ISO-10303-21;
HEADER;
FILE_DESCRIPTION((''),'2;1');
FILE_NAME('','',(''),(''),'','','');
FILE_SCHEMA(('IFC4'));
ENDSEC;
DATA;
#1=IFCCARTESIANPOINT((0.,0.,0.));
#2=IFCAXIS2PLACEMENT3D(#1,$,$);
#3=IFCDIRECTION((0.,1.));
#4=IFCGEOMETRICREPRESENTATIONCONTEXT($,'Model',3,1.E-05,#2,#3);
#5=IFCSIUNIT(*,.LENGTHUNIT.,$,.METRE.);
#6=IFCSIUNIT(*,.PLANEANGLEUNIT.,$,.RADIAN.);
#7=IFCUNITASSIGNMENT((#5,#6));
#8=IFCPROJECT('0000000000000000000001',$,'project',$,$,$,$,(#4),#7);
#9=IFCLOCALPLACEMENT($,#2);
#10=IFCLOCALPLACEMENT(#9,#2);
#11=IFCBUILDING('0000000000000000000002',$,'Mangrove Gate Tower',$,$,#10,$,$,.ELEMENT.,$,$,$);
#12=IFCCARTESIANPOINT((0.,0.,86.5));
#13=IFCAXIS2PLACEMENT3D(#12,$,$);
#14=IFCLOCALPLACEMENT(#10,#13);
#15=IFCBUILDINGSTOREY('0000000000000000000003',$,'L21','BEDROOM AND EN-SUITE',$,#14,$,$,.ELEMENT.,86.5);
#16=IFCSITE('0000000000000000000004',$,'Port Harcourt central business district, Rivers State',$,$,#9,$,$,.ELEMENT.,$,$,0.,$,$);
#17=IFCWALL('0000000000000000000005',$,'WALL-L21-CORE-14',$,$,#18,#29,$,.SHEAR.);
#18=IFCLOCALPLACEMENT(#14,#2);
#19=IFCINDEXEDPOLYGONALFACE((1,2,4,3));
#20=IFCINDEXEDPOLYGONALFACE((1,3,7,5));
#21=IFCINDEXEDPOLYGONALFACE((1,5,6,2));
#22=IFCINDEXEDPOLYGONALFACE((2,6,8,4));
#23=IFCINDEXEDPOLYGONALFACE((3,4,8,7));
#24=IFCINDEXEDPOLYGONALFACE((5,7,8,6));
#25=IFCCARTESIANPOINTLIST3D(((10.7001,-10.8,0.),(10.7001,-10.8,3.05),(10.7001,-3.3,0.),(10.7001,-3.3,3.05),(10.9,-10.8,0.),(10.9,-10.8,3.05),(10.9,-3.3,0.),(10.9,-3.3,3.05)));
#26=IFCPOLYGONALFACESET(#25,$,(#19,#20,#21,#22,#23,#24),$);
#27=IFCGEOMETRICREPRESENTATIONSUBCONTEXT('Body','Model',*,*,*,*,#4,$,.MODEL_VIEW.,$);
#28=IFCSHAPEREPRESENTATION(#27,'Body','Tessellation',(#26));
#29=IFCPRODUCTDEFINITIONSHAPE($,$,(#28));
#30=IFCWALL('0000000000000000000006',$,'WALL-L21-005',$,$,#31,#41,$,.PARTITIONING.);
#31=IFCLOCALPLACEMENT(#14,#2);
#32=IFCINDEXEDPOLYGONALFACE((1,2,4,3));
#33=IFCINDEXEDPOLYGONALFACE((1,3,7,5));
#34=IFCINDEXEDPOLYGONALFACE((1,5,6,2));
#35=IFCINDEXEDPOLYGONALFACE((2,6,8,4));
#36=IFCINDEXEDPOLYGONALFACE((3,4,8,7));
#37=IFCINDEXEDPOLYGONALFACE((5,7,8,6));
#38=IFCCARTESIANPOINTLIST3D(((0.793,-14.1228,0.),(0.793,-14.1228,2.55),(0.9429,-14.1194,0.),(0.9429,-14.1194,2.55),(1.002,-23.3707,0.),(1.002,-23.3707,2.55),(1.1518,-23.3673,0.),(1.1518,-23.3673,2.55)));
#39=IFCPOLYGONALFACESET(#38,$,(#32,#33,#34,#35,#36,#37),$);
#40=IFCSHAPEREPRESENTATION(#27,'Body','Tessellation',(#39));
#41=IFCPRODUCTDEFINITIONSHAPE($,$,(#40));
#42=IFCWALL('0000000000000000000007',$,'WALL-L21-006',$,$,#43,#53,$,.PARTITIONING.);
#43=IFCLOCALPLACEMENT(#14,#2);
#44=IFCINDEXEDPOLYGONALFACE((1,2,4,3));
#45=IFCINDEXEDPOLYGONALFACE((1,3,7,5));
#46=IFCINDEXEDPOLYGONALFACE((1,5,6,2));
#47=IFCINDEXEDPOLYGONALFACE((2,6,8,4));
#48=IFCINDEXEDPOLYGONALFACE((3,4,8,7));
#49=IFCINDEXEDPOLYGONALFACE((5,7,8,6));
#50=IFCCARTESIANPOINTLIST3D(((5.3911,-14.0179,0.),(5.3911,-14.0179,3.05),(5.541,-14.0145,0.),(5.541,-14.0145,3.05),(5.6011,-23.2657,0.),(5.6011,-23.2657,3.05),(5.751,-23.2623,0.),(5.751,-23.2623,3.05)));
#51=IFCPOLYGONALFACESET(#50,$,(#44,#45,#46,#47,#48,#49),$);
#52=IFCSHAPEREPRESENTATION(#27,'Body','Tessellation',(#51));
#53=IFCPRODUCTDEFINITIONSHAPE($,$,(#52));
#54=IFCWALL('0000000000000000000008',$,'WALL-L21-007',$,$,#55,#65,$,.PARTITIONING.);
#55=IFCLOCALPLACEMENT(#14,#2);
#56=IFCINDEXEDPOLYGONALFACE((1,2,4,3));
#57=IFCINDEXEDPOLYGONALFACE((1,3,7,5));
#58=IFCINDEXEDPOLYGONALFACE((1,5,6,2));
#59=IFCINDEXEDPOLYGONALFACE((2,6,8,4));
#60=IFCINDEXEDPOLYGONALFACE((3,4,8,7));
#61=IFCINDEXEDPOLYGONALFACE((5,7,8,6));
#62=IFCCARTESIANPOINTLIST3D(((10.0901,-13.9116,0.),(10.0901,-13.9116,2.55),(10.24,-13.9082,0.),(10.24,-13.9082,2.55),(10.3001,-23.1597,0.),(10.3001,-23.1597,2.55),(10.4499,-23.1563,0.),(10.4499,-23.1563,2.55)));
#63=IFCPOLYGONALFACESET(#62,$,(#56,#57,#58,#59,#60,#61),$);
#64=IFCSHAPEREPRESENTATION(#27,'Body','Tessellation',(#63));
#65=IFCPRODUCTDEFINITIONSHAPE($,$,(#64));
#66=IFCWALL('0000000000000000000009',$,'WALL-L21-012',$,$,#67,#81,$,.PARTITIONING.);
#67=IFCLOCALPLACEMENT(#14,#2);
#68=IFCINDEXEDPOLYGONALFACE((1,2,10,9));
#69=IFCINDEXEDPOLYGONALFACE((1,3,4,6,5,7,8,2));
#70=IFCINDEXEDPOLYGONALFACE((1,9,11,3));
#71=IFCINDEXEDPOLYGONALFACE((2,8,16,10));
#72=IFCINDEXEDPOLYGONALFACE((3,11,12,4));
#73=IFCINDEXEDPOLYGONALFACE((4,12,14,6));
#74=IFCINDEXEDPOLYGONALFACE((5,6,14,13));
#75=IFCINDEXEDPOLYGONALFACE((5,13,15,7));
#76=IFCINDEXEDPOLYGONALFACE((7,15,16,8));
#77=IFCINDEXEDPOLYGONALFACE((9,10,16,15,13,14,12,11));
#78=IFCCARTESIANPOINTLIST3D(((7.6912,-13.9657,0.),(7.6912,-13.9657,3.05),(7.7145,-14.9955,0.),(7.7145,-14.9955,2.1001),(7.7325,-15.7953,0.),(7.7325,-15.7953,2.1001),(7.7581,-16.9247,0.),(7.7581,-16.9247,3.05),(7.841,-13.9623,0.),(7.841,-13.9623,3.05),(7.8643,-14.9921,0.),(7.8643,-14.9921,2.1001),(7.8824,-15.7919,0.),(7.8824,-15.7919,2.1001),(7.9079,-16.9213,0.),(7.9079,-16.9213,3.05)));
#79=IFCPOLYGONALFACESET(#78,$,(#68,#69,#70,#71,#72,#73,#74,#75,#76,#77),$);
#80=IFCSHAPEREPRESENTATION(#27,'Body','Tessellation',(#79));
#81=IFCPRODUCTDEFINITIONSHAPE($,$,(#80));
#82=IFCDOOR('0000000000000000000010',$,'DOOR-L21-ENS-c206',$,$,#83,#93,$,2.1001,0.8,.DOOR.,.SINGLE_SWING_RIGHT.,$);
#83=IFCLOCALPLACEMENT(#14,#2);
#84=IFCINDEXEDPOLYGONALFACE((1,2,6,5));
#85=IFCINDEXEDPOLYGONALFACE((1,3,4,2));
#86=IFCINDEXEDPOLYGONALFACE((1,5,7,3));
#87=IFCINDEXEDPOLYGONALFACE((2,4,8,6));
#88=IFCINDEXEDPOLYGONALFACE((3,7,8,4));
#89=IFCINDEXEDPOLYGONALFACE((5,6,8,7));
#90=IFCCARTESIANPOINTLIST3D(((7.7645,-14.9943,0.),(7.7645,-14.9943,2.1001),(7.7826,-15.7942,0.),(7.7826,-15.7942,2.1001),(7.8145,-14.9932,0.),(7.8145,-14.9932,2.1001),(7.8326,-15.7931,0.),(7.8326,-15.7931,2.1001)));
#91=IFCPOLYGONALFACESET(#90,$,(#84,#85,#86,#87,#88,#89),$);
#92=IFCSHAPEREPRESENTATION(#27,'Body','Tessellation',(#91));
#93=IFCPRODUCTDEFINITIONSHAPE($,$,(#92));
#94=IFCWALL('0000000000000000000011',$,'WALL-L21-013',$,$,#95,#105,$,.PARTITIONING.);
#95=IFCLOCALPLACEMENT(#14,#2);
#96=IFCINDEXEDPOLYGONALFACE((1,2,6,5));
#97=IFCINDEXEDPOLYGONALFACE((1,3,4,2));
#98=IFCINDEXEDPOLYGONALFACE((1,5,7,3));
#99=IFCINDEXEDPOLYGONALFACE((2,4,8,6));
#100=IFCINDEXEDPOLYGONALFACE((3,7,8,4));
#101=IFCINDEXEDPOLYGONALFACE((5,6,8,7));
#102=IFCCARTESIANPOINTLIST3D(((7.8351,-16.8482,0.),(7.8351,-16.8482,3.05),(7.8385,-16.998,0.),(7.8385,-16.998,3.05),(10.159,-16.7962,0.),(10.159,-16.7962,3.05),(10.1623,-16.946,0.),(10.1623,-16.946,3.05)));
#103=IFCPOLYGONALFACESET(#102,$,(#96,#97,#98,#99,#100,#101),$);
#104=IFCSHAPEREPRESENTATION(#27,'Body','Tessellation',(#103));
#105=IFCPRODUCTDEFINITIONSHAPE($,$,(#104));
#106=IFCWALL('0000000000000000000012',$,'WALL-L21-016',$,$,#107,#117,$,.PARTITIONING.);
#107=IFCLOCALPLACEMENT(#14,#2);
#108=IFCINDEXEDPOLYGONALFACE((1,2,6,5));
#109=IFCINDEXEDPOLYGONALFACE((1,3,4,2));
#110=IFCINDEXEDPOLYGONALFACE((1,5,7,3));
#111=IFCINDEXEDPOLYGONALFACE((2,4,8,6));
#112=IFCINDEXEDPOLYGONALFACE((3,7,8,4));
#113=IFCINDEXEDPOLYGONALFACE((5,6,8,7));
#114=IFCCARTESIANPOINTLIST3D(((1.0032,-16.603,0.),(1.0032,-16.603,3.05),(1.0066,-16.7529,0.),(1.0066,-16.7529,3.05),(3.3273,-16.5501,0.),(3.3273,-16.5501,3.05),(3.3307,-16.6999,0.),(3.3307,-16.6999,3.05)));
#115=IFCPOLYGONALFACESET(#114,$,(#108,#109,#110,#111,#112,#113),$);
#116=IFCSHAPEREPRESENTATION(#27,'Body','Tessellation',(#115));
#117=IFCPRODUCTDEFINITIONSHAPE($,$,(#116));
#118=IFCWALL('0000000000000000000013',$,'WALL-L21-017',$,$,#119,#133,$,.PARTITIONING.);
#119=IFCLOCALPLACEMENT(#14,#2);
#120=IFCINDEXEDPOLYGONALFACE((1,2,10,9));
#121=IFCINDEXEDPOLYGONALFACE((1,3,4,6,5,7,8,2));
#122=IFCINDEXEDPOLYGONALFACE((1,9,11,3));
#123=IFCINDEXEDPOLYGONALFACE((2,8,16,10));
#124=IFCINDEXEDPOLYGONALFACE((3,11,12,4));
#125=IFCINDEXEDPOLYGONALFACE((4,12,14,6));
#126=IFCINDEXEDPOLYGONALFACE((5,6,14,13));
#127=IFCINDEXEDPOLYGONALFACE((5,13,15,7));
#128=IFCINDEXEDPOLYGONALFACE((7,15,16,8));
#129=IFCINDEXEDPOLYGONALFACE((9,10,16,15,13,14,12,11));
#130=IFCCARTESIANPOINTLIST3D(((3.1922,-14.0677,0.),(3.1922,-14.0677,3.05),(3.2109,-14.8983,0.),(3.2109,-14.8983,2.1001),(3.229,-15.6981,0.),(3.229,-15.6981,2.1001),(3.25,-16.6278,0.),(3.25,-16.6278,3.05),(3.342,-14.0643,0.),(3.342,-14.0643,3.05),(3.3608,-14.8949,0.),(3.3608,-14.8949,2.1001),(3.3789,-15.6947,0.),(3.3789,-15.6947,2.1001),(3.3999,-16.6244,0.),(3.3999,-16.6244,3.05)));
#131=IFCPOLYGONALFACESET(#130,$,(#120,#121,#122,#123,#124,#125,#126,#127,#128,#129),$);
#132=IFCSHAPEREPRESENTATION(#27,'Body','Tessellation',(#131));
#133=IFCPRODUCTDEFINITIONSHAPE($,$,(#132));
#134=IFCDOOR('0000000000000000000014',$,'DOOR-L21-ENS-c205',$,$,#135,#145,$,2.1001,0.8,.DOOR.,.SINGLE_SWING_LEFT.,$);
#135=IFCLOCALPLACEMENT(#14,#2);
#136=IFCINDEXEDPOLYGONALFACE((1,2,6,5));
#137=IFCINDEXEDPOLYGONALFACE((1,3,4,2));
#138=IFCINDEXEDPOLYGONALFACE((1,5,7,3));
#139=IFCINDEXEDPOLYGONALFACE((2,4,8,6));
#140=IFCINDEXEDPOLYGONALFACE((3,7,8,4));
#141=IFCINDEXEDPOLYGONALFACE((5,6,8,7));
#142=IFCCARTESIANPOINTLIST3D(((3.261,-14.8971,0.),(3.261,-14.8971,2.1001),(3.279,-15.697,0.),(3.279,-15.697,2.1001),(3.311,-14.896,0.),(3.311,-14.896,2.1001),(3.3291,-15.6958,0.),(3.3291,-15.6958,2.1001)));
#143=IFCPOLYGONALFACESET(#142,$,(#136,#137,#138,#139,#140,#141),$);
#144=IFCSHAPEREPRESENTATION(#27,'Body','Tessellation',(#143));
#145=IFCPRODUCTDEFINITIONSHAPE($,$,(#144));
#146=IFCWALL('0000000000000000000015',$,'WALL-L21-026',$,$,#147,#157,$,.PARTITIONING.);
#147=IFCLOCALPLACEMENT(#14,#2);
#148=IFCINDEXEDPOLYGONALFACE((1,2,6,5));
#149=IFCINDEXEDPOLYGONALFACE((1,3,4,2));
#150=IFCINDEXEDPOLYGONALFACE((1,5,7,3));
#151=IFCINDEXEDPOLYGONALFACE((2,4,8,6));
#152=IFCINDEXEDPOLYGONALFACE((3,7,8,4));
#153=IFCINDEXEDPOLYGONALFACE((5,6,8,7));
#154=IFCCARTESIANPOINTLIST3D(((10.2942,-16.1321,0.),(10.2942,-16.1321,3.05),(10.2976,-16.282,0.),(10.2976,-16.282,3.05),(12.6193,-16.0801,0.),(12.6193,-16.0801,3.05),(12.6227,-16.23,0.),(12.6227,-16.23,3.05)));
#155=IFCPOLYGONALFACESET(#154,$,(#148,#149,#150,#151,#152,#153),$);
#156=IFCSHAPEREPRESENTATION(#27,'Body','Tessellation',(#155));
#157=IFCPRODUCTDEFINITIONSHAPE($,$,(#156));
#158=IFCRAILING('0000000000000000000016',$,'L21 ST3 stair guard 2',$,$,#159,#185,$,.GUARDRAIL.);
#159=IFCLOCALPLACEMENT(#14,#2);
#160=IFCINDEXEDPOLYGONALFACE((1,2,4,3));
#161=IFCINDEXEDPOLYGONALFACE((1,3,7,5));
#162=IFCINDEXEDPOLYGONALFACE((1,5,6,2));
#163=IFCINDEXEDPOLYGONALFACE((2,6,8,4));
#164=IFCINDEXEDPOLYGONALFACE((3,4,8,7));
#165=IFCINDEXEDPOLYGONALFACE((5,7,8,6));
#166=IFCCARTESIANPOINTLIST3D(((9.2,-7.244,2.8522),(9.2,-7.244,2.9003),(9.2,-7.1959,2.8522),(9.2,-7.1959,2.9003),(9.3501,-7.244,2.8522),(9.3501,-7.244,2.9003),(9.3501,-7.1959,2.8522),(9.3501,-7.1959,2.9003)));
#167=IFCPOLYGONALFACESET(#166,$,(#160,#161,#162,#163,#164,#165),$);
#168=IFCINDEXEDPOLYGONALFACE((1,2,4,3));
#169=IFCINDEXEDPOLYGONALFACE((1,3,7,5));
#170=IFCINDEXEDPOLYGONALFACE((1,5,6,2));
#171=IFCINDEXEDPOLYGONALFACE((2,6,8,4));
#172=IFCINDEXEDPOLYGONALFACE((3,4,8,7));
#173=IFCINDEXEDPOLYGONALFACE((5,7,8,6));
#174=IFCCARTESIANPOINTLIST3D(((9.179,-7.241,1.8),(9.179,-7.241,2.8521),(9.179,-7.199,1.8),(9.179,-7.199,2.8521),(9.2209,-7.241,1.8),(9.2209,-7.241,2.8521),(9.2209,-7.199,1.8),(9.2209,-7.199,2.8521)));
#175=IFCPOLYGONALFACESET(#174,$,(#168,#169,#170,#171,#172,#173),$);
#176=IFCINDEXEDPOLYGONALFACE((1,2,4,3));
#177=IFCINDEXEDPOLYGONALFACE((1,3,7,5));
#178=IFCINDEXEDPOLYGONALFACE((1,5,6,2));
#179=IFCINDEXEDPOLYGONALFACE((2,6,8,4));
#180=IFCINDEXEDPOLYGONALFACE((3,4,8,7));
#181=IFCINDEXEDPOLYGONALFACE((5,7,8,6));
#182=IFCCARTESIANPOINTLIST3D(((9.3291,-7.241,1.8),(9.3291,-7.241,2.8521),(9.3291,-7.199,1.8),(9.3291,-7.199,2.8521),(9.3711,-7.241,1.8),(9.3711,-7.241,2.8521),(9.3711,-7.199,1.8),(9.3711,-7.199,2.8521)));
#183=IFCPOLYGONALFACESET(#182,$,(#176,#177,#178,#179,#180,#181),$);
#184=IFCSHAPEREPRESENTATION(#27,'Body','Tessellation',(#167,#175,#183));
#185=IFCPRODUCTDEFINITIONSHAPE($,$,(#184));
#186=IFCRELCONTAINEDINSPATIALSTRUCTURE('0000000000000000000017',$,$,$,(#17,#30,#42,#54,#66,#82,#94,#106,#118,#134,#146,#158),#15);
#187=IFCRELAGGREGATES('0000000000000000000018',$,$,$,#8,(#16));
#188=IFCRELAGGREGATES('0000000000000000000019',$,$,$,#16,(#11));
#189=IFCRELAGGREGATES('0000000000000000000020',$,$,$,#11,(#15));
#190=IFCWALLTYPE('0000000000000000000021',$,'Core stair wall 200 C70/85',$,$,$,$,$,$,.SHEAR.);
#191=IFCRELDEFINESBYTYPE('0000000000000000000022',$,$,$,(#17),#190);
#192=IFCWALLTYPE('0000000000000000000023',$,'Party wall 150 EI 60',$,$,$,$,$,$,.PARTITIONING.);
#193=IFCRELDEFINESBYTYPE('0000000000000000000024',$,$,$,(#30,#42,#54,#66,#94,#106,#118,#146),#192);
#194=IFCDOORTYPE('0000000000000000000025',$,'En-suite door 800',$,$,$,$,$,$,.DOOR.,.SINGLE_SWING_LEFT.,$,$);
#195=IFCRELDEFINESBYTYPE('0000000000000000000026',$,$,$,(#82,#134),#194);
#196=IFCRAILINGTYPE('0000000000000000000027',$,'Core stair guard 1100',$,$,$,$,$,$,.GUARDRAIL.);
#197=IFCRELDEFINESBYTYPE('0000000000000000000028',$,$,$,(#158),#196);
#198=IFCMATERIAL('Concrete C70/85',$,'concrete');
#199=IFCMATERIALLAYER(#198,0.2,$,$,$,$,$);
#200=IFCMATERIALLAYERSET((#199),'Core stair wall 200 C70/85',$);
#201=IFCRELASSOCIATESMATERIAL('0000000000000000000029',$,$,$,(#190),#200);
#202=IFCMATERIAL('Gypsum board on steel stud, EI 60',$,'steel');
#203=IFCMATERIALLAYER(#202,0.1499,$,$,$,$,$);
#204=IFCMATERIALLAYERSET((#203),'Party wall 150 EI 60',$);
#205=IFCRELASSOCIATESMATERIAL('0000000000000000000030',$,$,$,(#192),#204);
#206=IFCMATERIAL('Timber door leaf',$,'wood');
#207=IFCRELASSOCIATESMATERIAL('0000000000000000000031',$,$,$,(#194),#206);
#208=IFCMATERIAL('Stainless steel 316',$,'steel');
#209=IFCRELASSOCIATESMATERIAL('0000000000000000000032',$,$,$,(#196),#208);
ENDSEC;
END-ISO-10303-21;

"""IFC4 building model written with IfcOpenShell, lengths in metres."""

from ifc_helpers import new_model, si_unit, direction, frame, frame_2d, origin, origin_2d, place, context, subcontext, project, spatial, rectangle, extrude, material, layer, layer_set, type_object, element, fill, save


model = new_model("IFC4")

# Units and contexts
model_context = context("Model", 3, precision=1e-05, world=origin(), true_north=direction((0.0, 1.0)))
body_context = subcontext(model_context, "Body", "Model", "MODEL_VIEW")
ifc_project = project(units=[si_unit("LENGTHUNIT", "METRE"), si_unit("PLANEANGLEUNIT", "RADIAN")], contexts=[model_context])

# Site, building, storey
site_placement = place(None, origin())
site = spatial("IfcSite", under=ifc_project, at=site_placement, Name="Port Harcourt central business district, Rivers State", CompositionType="ELEMENT", RefElevation=0.0)
building_placement = place(site_placement, origin())
building = spatial("IfcBuilding", under=site, at=building_placement, Name="Mangrove Gate Tower", CompositionType="ELEMENT")
storey_placement = place(building_placement, frame((0.0, 0.0, 86.5)))
storey = spatial("IfcBuildingStorey", under=building, at=storey_placement, Name="L21", Description="BEDROOM AND EN-SUITE", CompositionType="ELEMENT", Elevation=86.5)

# Shared definitions
ifc_material_1 = material(Name="Concrete C70/85", Category="concrete")
ifc_layer_1 = layer(ifc_material_1, 0.2)
ifc_layer_set_1 = layer_set([ifc_layer_1], Name="Core stair wall 200 C70/85")
wall_type_1 = type_object("IfcWallType", Name="Core stair wall 200 C70/85", PredefinedType="SHEAR", material=ifc_layer_set_1)

# Walls
wall_1_placement = place(storey_placement, frame((10.8, -10.8, 0.0), z_axis=(0.0, 0.0, 1.0), x_axis=(0.0, 1.0, 0.0)))
element("IfcWall", 1, at=wall_1_placement, inside=storey, type_object=wall_type_1, Name="WALL-L21-CORE-14", PredefinedType="SHEAR", context=body_context, shape_type="SweptSolid", body=[
    extrude(rectangle(XDim=7.5, YDim=0.2, at=frame_2d((3.75, 0.0))), origin(), (0.0, 0.0, 1.0), 3.05),
])
ifc_material_2 = material(Name="Gypsum board on steel stud, EI 60", Category="steel")
ifc_layer_2 = layer(ifc_material_2, 0.1499)
ifc_layer_set_2 = layer_set([ifc_layer_2], Name="Party wall 150 EI 60")
wall_type_2 = type_object("IfcWallType", Name="Party wall 150 EI 60", PredefinedType="PARTITIONING", material=ifc_layer_set_2)
wall_2_placement = place(storey_placement, frame((1.0769, -23.3689, 0.0), z_axis=(0.0, 0.0, 1.0), x_axis=(-0.022593, 0.999745, 0.0)))
element("IfcWall", 2, at=wall_2_placement, inside=storey, type_object=wall_type_2, Name="WALL-L21-005", PredefinedType="PARTITIONING", context=body_context, shape_type="SweptSolid", body=[
    extrude(rectangle(XDim=9.2502, YDim=0.1499, at=frame_2d((4.625, 0.0))), origin(), (0.0, 0.0, 1.0), 2.55),
])
wall_3_placement = place(storey_placement, frame((5.676, -23.2639, 0.0), z_axis=(0.0, 0.0, 1.0), x_axis=(-0.022698, 0.999742, 0.0)))
element("IfcWall", 3, at=wall_3_placement, inside=storey, type_object=wall_type_2, Name="WALL-L21-006", PredefinedType="PARTITIONING", context=body_context, shape_type="SweptSolid", body=[
    extrude(rectangle(XDim=9.2502, YDim=0.1499, at=frame_2d((4.625, 0.0))), origin(), (0.0, 0.0, 1.0), 3.05),
])
wall_4_placement = place(storey_placement, frame((10.375, -23.158, 0.0), z_axis=(0.0, 0.0, 1.0), x_axis=(-0.022697, 0.999742, 0.0)))
element("IfcWall", 4, at=wall_4_placement, inside=storey, type_object=wall_type_2, Name="WALL-L21-007", PredefinedType="PARTITIONING", context=body_context, shape_type="SweptSolid", body=[
    extrude(rectangle(XDim=9.2505, YDim=0.1499, at=frame_2d((4.6252, 0.0))), origin(), (0.0, 0.0, 1.0), 2.55),
])

# Wall, opening, door
wall_5_placement = place(storey_placement, frame((7.833, -16.9231, 0.0), z_axis=(0.0, 0.0, 1.0), x_axis=(-0.022601, 0.999745, 0.0)))
wall_5 = element("IfcWall", 5, at=wall_5_placement, inside=storey, type_object=wall_type_2, Name="WALL-L21-012", PredefinedType="PARTITIONING", context=body_context, shape_type="SweptSolid", body=[
    extrude(rectangle(XDim=2.9597, YDim=0.1499, at=frame_2d((1.48, 0.0))), origin(), (0.0, 0.0, 1.0), 3.05),
])
opening_1_placement = place(wall_5_placement, frame((1.1299, 0.0, 0.0)))
opening_1 = element("IfcOpeningElement", 6, at=opening_1_placement, cuts=wall_5, PredefinedType="OPENING", context=body_context, shape_type="SweptSolid", body=[
    extrude(rectangle(XDim=0.8, YDim=2.1001, at=frame_2d((0.3999, 1.05))), frame((0.0, 0.085, 0.0), z_axis=(0.0, -1.0, 0.0), x_axis=(1.0, 0.0, 0.0)), (0.0, 0.0, 1.0), 0.1699),
])
ifc_material_3 = material(Name="Timber door leaf", Category="wood")
door_type_1 = type_object("IfcDoorType", Name="En-suite door 800", OperationType="SINGLE_SWING_LEFT", PredefinedType="DOOR", material=ifc_material_3)
door_1_placement = place(opening_1_placement, origin())
door_1 = element("IfcDoor", 7, at=door_1_placement, inside=storey, type_object=door_type_1, Name="DOOR-L21-ENS-c206", OperationType="SINGLE_SWING_RIGHT", OverallHeight=2.1001, OverallWidth=0.8, PredefinedType="DOOR", context=body_context, shape_type="SweptSolid", body=[
    extrude(rectangle(XDim=0.8, YDim=2.1001, at=frame_2d((0.3999, 1.05))), frame((0.0, 0.0249, 0.0), z_axis=(0.0, -1.0, 0.0), x_axis=(1.0, 0.0, 0.0)), (0.0, 0.0, 1.0), 0.05),
])
fill(opening_1, door_1)

# Walls
wall_6_placement = place(storey_placement, frame((7.8369, -16.9231, 0.0), z_axis=(0.0, 0.0, 1.0), x_axis=(0.99975, 0.022371, 0.0)))
element("IfcWall", 8, at=wall_6_placement, inside=storey, type_object=wall_type_2, Name="WALL-L21-013", PredefinedType="PARTITIONING", context=body_context, shape_type="SweptSolid", body=[
    extrude(rectangle(XDim=2.3245, YDim=0.1499, at=frame_2d((1.1621, 0.0))), origin(), (0.0, 0.0, 1.0), 3.05),
])
wall_7_placement = place(storey_placement, frame((1.0049, -16.678, 0.0), z_axis=(0.0, 0.0, 1.0), x_axis=(0.99974, 0.022788, 0.0)))
element("IfcWall", 9, at=wall_7_placement, inside=storey, type_object=wall_type_2, Name="WALL-L21-016", PredefinedType="PARTITIONING", context=body_context, shape_type="SweptSolid", body=[
    extrude(rectangle(XDim=2.3247, YDim=0.1499, at=frame_2d((1.1624, 0.0))), origin(), (0.0, 0.0, 1.0), 3.05),
])

# Wall, opening, door
wall_8_placement = place(storey_placement, frame((3.325, -16.626, 0.0), z_axis=(0.0, 0.0, 1.0), x_axis=(-0.022596, 0.999745, 0.0)))
wall_8 = element("IfcWall", 10, at=wall_8_placement, inside=storey, type_object=wall_type_2, Name="WALL-L21-017", PredefinedType="PARTITIONING", context=body_context, shape_type="SweptSolid", body=[
    extrude(rectangle(XDim=2.5608, YDim=0.1499, at=frame_2d((1.2803, 0.0))), origin(), (0.0, 0.0, 1.0), 3.05),
])
opening_2_placement = place(wall_8_placement, frame((0.9299, 0.0, 0.0)))
opening_2 = element("IfcOpeningElement", 11, at=opening_2_placement, cuts=wall_8, PredefinedType="OPENING", context=body_context, shape_type="SweptSolid", body=[
    extrude(rectangle(XDim=0.8, YDim=2.1001, at=frame_2d((0.3999, 1.05))), frame((0.0, 0.085, 0.0), z_axis=(0.0, -1.0, 0.0), x_axis=(1.0, 0.0, 0.0)), (0.0, 0.0, 1.0), 0.1699),
])
door_2_placement = place(opening_2_placement, origin())
door_2 = element("IfcDoor", 12, at=door_2_placement, inside=storey, type_object=door_type_1, Name="DOOR-L21-ENS-c205", OperationType="SINGLE_SWING_LEFT", OverallHeight=2.1001, OverallWidth=0.8, PredefinedType="DOOR", context=body_context, shape_type="SweptSolid", body=[
    extrude(rectangle(XDim=0.8, YDim=2.1001, at=frame_2d((0.3999, 1.05))), frame((0.0, 0.0249, 0.0), z_axis=(0.0, -1.0, 0.0), x_axis=(1.0, 0.0, 0.0)), (0.0, 0.0, 1.0), 0.05),
])
fill(opening_2, door_2)

# Wall
wall_9_placement = place(storey_placement, frame((10.2959, -16.207, 0.0), z_axis=(0.0, 0.0, 1.0), x_axis=(0.99975, 0.022359, 0.0)))
element("IfcWall", 13, at=wall_9_placement, inside=storey, type_object=wall_type_2, Name="WALL-L21-026", PredefinedType="PARTITIONING", context=body_context, shape_type="SweptSolid", body=[
    extrude(rectangle(XDim=2.3257, YDim=0.1499, at=frame_2d((1.1628, 0.0))), origin(), (0.0, 0.0, 1.0), 3.05),
])

# Railing
ifc_material_4 = material(Name="Stainless steel 316", Category="steel")
railing_type = type_object("IfcRailingType", Name="Core stair guard 1100", PredefinedType="GUARDRAIL", material=ifc_material_4)
railing_placement = place(storey_placement, frame((9.2, -7.22, 1.8)))
element("IfcRailing", 14, at=railing_placement, inside=storey, type_object=railing_type, Name="L21 ST3 stair guard 2", PredefinedType="GUARDRAIL", context=body_context, shape_type="SweptSolid", body=[
    extrude(rectangle(XDim=0.0481, YDim=0.0481, at=origin_2d()), frame((0.0, 0.0, 1.0762), z_axis=(1.0, 0.0, 0.0), x_axis=(0.0, 1.0, 0.0)), (0.0, 0.0, 1.0), 0.1501),
    extrude(rectangle(XDim=0.042, YDim=0.042, at=origin_2d()), origin(), (0.0, 0.0, 1.0), 1.052),
    extrude(rectangle(XDim=0.042, YDim=0.042, at=origin_2d()), frame((0.1501, 0.0, 0.0)), (0.0, 0.0, 1.0), 1.052),
])

save(model, "model.ifc")
